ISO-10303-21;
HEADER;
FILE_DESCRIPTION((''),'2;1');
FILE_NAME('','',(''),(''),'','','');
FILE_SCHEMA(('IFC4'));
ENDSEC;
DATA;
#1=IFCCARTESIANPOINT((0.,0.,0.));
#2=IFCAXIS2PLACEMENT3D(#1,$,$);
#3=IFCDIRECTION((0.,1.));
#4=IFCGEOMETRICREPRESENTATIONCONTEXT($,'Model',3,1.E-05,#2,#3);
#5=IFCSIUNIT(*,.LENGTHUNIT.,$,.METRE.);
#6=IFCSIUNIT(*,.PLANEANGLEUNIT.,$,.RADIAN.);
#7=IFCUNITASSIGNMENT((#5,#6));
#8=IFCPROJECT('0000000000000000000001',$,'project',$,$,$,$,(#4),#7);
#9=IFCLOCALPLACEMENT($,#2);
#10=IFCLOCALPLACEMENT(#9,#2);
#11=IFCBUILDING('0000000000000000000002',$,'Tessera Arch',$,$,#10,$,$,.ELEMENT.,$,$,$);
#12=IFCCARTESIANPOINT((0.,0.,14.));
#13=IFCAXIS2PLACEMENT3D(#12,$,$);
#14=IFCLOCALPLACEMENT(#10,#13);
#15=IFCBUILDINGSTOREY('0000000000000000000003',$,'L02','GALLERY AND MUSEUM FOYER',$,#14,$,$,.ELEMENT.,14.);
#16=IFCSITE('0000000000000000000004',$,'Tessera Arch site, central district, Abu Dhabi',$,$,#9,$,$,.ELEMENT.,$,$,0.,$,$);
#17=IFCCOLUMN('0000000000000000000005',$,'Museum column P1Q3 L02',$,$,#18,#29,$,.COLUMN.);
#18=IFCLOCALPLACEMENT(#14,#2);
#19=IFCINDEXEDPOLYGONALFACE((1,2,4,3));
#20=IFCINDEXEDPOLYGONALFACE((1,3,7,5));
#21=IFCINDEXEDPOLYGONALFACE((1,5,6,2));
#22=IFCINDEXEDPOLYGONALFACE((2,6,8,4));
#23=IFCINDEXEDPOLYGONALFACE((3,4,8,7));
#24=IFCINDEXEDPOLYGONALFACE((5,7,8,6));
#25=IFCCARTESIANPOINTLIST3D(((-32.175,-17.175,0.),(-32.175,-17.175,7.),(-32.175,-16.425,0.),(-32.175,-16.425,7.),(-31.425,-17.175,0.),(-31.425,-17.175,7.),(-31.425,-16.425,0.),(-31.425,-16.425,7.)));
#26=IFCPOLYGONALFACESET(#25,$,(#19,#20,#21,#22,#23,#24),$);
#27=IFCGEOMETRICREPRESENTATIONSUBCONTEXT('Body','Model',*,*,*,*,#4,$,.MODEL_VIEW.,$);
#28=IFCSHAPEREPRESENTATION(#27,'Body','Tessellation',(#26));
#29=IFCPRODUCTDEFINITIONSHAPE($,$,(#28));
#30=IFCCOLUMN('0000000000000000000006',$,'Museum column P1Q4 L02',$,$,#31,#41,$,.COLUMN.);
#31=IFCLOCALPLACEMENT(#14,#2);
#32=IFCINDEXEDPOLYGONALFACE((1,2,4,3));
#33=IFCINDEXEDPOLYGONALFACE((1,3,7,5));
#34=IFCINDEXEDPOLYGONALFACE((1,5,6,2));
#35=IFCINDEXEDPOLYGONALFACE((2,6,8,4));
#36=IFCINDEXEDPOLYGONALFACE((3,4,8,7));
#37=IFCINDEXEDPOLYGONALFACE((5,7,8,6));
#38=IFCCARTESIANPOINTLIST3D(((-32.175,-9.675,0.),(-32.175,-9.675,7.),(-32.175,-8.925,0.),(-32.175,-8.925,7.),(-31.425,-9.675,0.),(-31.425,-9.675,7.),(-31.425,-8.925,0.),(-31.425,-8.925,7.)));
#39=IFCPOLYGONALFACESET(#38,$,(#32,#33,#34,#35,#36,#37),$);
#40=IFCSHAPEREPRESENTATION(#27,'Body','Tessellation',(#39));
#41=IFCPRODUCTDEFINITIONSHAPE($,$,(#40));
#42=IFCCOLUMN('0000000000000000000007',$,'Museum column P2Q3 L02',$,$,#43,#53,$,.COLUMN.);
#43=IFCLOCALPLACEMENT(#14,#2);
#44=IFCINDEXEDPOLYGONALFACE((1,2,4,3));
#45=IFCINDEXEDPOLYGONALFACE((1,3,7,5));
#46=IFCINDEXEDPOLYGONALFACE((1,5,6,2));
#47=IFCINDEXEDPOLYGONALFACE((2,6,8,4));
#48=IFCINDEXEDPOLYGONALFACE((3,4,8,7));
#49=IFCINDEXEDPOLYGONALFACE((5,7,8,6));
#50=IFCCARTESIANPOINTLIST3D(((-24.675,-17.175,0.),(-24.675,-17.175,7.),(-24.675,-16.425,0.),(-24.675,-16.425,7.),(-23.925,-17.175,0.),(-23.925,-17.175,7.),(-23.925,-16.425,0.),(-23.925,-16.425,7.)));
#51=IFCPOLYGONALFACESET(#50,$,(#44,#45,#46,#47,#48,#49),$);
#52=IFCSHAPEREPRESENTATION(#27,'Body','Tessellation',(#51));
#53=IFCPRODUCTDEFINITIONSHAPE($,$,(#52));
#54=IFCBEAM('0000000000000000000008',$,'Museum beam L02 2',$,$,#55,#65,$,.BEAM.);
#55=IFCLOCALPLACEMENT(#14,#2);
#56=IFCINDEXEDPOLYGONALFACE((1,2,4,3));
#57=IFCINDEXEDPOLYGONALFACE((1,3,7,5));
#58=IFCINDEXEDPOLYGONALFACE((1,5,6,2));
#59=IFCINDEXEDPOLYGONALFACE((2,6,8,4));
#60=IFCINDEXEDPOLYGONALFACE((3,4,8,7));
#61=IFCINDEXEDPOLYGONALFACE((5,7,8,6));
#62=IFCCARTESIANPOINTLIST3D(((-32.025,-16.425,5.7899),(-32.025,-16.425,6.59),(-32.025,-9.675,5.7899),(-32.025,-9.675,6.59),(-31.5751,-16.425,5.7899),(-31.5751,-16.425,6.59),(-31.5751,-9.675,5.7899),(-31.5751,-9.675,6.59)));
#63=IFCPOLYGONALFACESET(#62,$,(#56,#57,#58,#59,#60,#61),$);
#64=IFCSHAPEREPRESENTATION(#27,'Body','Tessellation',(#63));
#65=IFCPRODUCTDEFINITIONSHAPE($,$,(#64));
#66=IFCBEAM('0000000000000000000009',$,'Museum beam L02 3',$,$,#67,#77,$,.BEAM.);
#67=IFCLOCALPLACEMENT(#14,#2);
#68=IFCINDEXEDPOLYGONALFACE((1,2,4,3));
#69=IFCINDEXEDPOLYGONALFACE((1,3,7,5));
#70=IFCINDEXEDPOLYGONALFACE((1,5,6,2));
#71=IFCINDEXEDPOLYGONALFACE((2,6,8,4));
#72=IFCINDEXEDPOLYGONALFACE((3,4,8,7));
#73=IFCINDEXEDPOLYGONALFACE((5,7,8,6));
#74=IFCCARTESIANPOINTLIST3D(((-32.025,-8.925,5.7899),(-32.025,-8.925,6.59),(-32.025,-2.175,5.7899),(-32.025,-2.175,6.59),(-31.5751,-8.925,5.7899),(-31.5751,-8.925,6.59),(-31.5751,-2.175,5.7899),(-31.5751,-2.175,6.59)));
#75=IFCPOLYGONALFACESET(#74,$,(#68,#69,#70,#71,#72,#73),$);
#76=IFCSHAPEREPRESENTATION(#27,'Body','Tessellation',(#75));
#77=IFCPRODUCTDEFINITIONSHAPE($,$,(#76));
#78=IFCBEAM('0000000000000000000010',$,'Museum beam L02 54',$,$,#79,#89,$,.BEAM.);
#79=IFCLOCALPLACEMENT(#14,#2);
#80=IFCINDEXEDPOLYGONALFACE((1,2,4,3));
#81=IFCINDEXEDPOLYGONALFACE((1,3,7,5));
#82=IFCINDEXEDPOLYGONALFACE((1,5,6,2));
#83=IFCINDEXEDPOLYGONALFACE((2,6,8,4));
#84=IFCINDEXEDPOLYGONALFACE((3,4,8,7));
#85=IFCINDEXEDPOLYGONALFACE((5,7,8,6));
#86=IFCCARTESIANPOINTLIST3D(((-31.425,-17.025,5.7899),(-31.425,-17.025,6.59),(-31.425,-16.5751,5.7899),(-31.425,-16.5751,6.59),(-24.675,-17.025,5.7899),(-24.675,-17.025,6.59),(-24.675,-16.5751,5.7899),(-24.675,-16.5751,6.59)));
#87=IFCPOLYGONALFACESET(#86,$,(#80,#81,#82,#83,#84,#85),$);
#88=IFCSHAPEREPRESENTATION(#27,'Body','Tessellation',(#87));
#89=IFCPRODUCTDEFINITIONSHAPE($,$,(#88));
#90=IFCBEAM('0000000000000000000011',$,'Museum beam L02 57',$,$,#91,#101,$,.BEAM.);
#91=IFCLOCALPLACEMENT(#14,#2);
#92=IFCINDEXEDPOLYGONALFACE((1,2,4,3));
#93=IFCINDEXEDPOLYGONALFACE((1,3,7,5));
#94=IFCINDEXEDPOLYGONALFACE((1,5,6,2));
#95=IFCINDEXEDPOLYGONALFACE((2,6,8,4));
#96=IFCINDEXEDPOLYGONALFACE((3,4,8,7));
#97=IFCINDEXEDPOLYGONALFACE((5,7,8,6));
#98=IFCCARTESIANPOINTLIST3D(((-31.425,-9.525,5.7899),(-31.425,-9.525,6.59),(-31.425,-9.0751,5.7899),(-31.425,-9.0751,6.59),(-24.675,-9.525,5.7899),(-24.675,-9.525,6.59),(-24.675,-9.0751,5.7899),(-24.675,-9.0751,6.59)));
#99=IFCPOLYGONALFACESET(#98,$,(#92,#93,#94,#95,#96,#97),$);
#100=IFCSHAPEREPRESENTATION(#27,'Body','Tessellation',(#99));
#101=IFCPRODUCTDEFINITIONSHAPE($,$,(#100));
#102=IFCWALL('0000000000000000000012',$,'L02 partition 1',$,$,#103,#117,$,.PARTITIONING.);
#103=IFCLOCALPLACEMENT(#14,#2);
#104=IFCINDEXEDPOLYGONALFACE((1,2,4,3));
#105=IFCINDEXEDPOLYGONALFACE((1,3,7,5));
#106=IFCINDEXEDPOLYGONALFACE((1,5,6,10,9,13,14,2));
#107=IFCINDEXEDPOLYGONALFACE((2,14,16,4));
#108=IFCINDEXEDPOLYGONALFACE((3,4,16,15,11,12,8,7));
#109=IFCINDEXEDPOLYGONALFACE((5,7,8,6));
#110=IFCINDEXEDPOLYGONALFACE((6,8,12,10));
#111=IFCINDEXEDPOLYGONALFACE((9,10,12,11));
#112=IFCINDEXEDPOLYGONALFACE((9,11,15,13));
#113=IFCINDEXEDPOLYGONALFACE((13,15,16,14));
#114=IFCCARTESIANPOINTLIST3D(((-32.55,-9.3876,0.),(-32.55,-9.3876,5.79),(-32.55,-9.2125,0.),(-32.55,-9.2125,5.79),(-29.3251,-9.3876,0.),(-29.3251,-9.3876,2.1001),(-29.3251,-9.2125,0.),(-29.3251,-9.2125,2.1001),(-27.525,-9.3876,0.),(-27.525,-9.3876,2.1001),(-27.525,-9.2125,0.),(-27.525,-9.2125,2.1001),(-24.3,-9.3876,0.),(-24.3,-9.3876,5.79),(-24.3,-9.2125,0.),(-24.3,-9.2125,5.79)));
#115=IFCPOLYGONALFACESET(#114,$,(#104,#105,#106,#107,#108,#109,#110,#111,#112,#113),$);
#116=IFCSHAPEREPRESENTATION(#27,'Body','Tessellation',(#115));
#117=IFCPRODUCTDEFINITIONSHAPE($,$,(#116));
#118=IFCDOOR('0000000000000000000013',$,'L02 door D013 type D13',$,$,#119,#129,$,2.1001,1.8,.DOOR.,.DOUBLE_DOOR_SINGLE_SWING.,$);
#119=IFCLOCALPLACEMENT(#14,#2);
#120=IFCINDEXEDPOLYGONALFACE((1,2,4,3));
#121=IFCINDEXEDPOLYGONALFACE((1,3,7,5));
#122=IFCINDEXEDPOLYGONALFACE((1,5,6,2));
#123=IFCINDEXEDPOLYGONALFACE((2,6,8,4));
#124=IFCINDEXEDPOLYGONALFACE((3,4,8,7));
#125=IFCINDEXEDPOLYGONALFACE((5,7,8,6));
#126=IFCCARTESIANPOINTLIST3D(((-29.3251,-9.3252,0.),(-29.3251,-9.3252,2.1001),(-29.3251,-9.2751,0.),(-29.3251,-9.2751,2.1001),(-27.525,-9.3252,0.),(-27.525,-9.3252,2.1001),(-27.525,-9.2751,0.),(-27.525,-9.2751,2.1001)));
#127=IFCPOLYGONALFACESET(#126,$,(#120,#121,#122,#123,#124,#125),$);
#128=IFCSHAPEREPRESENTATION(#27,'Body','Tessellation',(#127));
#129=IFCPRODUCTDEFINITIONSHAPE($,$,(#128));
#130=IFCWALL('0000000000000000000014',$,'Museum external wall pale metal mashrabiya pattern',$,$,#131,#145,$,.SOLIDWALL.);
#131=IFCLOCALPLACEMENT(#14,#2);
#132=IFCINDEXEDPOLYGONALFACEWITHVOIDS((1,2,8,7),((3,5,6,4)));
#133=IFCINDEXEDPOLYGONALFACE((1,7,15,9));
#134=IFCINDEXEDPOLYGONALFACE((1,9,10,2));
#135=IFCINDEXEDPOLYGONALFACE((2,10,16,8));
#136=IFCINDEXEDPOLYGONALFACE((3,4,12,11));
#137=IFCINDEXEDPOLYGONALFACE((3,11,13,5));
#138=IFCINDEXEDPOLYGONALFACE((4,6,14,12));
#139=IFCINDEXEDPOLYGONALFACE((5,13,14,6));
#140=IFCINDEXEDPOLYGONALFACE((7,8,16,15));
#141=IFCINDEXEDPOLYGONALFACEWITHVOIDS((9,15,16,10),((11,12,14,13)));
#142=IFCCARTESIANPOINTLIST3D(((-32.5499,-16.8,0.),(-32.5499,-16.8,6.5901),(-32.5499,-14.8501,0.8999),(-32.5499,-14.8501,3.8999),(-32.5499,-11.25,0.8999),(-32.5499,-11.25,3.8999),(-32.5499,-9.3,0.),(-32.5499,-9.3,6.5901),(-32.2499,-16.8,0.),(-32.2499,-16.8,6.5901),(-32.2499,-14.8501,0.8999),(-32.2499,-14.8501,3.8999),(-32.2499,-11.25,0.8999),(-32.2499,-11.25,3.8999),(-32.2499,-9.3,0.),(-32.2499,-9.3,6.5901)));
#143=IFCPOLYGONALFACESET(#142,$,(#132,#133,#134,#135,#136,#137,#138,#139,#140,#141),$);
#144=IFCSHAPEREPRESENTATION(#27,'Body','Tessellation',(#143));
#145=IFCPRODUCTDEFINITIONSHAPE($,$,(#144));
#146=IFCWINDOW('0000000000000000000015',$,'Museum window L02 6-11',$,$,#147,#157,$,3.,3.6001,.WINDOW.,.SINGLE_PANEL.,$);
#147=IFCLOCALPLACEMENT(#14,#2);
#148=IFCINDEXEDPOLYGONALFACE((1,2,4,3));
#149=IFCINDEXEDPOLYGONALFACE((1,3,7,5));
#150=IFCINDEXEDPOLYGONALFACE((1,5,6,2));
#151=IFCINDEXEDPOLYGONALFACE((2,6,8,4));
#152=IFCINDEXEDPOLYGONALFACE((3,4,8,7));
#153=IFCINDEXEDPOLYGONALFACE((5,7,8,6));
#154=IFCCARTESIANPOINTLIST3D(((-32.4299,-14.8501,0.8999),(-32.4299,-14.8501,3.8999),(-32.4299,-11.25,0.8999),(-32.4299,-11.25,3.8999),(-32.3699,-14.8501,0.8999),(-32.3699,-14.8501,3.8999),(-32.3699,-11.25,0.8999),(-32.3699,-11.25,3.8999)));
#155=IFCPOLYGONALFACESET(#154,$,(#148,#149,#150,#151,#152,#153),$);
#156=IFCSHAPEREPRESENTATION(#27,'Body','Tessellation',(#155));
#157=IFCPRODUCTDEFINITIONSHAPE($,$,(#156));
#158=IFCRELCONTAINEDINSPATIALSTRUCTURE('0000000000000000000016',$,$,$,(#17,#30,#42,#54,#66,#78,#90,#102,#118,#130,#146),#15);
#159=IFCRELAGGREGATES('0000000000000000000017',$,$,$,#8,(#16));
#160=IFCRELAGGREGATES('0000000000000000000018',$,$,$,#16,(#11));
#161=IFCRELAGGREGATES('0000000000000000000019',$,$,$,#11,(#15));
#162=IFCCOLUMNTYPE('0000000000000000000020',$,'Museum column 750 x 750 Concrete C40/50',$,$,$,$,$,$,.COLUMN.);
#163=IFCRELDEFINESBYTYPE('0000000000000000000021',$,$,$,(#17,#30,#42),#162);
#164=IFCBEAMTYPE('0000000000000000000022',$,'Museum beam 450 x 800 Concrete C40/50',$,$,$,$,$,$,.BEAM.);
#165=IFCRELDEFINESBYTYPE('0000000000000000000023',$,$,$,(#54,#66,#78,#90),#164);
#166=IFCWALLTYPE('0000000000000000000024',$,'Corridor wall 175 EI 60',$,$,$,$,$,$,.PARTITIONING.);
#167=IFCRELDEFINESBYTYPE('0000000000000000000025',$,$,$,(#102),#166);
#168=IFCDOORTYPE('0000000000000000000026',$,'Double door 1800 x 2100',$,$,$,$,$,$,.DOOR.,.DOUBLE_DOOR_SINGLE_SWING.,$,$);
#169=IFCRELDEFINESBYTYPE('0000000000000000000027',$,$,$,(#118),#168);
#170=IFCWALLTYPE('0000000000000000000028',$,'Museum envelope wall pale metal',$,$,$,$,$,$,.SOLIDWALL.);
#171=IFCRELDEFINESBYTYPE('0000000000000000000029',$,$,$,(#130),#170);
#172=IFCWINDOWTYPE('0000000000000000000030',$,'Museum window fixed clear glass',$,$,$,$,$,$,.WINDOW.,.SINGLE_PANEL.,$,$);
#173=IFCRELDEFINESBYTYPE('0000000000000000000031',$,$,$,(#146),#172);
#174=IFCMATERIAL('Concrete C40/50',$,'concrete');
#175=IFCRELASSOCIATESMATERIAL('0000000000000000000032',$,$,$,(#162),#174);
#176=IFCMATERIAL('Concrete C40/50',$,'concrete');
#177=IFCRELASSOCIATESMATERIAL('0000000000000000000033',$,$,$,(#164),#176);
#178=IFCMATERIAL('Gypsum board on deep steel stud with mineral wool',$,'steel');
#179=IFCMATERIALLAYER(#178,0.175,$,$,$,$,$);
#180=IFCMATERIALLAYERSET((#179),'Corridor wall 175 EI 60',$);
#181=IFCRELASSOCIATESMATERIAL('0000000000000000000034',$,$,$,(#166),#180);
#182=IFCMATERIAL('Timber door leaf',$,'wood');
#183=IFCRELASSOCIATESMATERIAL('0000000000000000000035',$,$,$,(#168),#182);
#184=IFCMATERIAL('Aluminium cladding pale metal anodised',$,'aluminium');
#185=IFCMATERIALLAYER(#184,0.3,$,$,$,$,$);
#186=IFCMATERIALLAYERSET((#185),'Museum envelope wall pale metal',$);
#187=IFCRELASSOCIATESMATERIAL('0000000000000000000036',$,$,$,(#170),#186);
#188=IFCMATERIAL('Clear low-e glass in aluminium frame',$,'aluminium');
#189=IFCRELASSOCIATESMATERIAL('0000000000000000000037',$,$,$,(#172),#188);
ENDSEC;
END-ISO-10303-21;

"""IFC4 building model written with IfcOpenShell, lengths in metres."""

from ifc_helpers import new_model, si_unit, direction, frame, frame_2d, origin, origin_2d, place, context, subcontext, project, spatial, rectangle, extrude, material, layer, layer_set, material_profile, profile_set, type_object, element, fill, save


model = new_model("IFC4")

# Units and contexts
model_context = context("Model", 3, precision=1e-05, world=origin(), true_north=direction((0.0, 1.0)))
body_context = subcontext(model_context, "Body", "Model", "MODEL_VIEW")
ifc_project = project(units=[si_unit("LENGTHUNIT", "METRE"), si_unit("PLANEANGLEUNIT", "RADIAN")], contexts=[model_context])

# Site, building, storey
site_placement = place(None, origin())
site = spatial("IfcSite", under=ifc_project, at=site_placement, Name="Tessera Arch site, central district, Abu Dhabi", CompositionType="ELEMENT", RefElevation=0.0)
building_placement = place(site_placement, origin())
building = spatial("IfcBuilding", under=site, at=building_placement, Name="Tessera Arch", CompositionType="ELEMENT")
storey_placement = place(building_placement, frame((0.0, 0.0, 14.0)))
storey = spatial("IfcBuildingStorey", under=building, at=storey_placement, Name="L02", Description="GALLERY AND MUSEUM FOYER", CompositionType="ELEMENT", Elevation=14.0)

# Columns
ifc_material_1 = material(Name="Concrete C40/50", Category="concrete")
ifc_material_profile_1 = material_profile(ifc_material_1, rectangle(XDim=0.75, YDim=0.75, at=origin_2d()), Name="Museum column 750 x 750 Concrete C40/50")
ifc_profile_set_1 = profile_set([ifc_material_profile_1], Name="Concrete C40/50")
column_type = type_object("IfcColumnType", Name="Museum column 750 x 750 Concrete C40/50", PredefinedType="COLUMN", material=ifc_profile_set_1)
for number, where, z_axis, x_axis, name in (
    (1, (-31.8, -16.8, 0.0), (0.0, 0.0, 1.0), (1.0, 0.0, 0.0), "Museum column P1Q3 L02"),
    (2, (-31.8, -9.3, 0.0), (0.0, 0.0, 1.0), (1.0, 0.0, 0.0), "Museum column P1Q4 L02"),
    (3, (-24.3, -16.8, 0.0), (0.0, 0.0, 1.0), (1.0, 0.0, 0.0), "Museum column P2Q3 L02"),
):
    element("IfcColumn", number, at=place(storey_placement, frame(where, z_axis=z_axis, x_axis=x_axis)), inside=storey, type_object=column_type, Name=name, PredefinedType="COLUMN", context=body_context, shape_type="SweptSolid", body=[
        extrude(rectangle(XDim=0.75, YDim=0.75, at=origin_2d()), origin(), (0.0, 0.0, 1.0), 7.0),
    ])

# Beams
ifc_material_2 = material(Name="Concrete C40/50", Category="concrete")
ifc_material_profile_2 = material_profile(ifc_material_2, rectangle(XDim=0.45, YDim=0.8, at=origin_2d()), Name="Museum beam 450 x 800 Concrete C40/50")
ifc_profile_set_2 = profile_set([ifc_material_profile_2], Name="Concrete C40/50")
beam_type = type_object("IfcBeamType", Name="Museum beam 450 x 800 Concrete C40/50", PredefinedType="BEAM", material=ifc_profile_set_2)
for number, where, z_axis, x_axis, name in (
    (4, (-31.8, -16.425, 6.1899), (0.0, 1.0, 0.0), (-1.0, 0.0, 0.0), "Museum beam L02 2"),
    (5, (-31.8, -8.925, 6.1899), (0.0, 1.0, 0.0), (-1.0, 0.0, 0.0), "Museum beam L02 3"),
    (6, (-31.425, -16.8, 6.1899), (1.0, 0.0, 0.0), (0.0, 1.0, 0.0), "Museum beam L02 54"),
    (7, (-31.425, -9.3, 6.1899), (1.0, 0.0, 0.0), (0.0, 1.0, 0.0), "Museum beam L02 57"),
):
    element("IfcBeam", number, at=place(storey_placement, frame(where, z_axis=z_axis, x_axis=x_axis)), inside=storey, type_object=beam_type, Name=name, PredefinedType="BEAM", context=body_context, shape_type="SweptSolid", body=[
        extrude(rectangle(XDim=0.45, YDim=0.8, at=origin_2d()), origin(), (0.0, 0.0, 1.0), 6.75),
    ])

# Wall, opening, door
ifc_material_3 = material(Name="Gypsum board on deep steel stud with mineral wool", Category="steel")
ifc_layer_1 = layer(ifc_material_3, 0.175)
ifc_layer_set_1 = layer_set([ifc_layer_1], Name="Corridor wall 175 EI 60")
wall_type_1 = type_object("IfcWallType", Name="Corridor wall 175 EI 60", PredefinedType="PARTITIONING", material=ifc_layer_set_1)
wall_1_placement = place(storey_placement, frame((-32.55, -9.3, 0.0), z_axis=(0.0, 0.0, 1.0), x_axis=(1.0, 0.0, 0.0)))
wall_1 = element("IfcWall", 8, at=wall_1_placement, inside=storey, type_object=wall_type_1, Name="L02 partition 1", PredefinedType="PARTITIONING", context=body_context, shape_type="SweptSolid", body=[
    extrude(rectangle(XDim=8.25, YDim=0.175, at=frame_2d((4.125, 0.0))), origin(), (0.0, 0.0, 1.0), 5.79),
])
opening_1_placement = place(wall_1_placement, frame((3.2251, 0.0, 0.0)))
opening_1 = element("IfcOpeningElement", 9, at=opening_1_placement, cuts=wall_1, PredefinedType="OPENING", context=body_context, shape_type="SweptSolid", body=[
    extrude(rectangle(XDim=1.8, YDim=2.1001, at=frame_2d((0.8999, 1.05))), frame((0.0, 0.0974, 0.0), z_axis=(0.0, -1.0, 0.0), x_axis=(1.0, 0.0, 0.0)), (0.0, 0.0, 1.0), 0.1951),
])
ifc_material_4 = material(Name="Timber door leaf", Category="wood")
door_type = type_object("IfcDoorType", Name="Double door 1800 x 2100", OperationType="DOUBLE_DOOR_SINGLE_SWING", PredefinedType="DOOR", material=ifc_material_4)
door_placement = place(opening_1_placement, origin())
door = element("IfcDoor", 10, at=door_placement, inside=storey, type_object=door_type, Name="L02 door D013 type D13", OperationType="DOUBLE_DOOR_SINGLE_SWING", OverallHeight=2.1001, OverallWidth=1.8, PredefinedType="DOOR", context=body_context, shape_type="SweptSolid", body=[
    extrude(rectangle(XDim=1.8, YDim=2.1001, at=frame_2d((0.8999, 1.05))), frame((0.0, 0.0249, 0.0), z_axis=(0.0, -1.0, 0.0), x_axis=(1.0, 0.0, 0.0)), (0.0, 0.0, 1.0), 0.05),
])
fill(opening_1, door)

# Wall, opening, window
ifc_material_5 = material(Name="Aluminium cladding pale metal anodised", Category="aluminium")
ifc_layer_2 = layer(ifc_material_5, 0.3)
ifc_layer_set_2 = layer_set([ifc_layer_2], Name="Museum envelope wall pale metal")
wall_type_2 = type_object("IfcWallType", Name="Museum envelope wall pale metal", PredefinedType="SOLIDWALL", material=ifc_layer_set_2)
wall_2_placement = place(storey_placement, frame((-32.3999, -9.3, 0.0), z_axis=(0.0, 0.0, 1.0), x_axis=(0.0, -1.0, 0.0)))
wall_2 = element("IfcWall", 11, at=wall_2_placement, inside=storey, type_object=wall_type_2, Name="Museum external wall pale metal mashrabiya pattern", PredefinedType="SOLIDWALL", context=body_context, shape_type="SweptSolid", body=[
    extrude(rectangle(XDim=7.5, YDim=0.3, at=frame_2d((3.75, 0.0))), origin(), (0.0, 0.0, 1.0), 6.5901),
])
opening_2_placement = place(wall_2_placement, frame((1.95, 0.0, 0.8999)))
opening_2 = element("IfcOpeningElement", 12, at=opening_2_placement, cuts=wall_2, PredefinedType="OPENING", context=body_context, shape_type="SweptSolid", body=[
    extrude(rectangle(XDim=3.6001, YDim=3.0, at=frame_2d((1.8, 1.5))), frame((0.0, 0.1599, 0.0), z_axis=(0.0, -1.0, 0.0), x_axis=(1.0, 0.0, 0.0)), (0.0, 0.0, 1.0), 0.3201),
])
ifc_material_6 = material(Name="Clear low-e glass in aluminium frame", Category="aluminium")
window_type = type_object("IfcWindowType", Name="Museum window fixed clear glass", PartitioningType="SINGLE_PANEL", PredefinedType="WINDOW", material=ifc_material_6)
window_placement = place(opening_2_placement, origin())
window = element("IfcWindow", 13, at=window_placement, inside=storey, type_object=window_type, Name="Museum window L02 6-11", OverallHeight=3.0, OverallWidth=3.6001, PartitioningType="SINGLE_PANEL", PredefinedType="WINDOW", context=body_context, shape_type="SweptSolid", body=[
    extrude(rectangle(XDim=3.6001, YDim=3.0, at=frame_2d((1.8, 1.5))), frame((0.0, 0.03, 0.0), z_axis=(0.0, -1.0, 0.0), x_axis=(1.0, 0.0, 0.0)), (0.0, 0.0, 1.0), 0.0601),
])
fill(opening_2, window)

save(model, "model.ifc")
